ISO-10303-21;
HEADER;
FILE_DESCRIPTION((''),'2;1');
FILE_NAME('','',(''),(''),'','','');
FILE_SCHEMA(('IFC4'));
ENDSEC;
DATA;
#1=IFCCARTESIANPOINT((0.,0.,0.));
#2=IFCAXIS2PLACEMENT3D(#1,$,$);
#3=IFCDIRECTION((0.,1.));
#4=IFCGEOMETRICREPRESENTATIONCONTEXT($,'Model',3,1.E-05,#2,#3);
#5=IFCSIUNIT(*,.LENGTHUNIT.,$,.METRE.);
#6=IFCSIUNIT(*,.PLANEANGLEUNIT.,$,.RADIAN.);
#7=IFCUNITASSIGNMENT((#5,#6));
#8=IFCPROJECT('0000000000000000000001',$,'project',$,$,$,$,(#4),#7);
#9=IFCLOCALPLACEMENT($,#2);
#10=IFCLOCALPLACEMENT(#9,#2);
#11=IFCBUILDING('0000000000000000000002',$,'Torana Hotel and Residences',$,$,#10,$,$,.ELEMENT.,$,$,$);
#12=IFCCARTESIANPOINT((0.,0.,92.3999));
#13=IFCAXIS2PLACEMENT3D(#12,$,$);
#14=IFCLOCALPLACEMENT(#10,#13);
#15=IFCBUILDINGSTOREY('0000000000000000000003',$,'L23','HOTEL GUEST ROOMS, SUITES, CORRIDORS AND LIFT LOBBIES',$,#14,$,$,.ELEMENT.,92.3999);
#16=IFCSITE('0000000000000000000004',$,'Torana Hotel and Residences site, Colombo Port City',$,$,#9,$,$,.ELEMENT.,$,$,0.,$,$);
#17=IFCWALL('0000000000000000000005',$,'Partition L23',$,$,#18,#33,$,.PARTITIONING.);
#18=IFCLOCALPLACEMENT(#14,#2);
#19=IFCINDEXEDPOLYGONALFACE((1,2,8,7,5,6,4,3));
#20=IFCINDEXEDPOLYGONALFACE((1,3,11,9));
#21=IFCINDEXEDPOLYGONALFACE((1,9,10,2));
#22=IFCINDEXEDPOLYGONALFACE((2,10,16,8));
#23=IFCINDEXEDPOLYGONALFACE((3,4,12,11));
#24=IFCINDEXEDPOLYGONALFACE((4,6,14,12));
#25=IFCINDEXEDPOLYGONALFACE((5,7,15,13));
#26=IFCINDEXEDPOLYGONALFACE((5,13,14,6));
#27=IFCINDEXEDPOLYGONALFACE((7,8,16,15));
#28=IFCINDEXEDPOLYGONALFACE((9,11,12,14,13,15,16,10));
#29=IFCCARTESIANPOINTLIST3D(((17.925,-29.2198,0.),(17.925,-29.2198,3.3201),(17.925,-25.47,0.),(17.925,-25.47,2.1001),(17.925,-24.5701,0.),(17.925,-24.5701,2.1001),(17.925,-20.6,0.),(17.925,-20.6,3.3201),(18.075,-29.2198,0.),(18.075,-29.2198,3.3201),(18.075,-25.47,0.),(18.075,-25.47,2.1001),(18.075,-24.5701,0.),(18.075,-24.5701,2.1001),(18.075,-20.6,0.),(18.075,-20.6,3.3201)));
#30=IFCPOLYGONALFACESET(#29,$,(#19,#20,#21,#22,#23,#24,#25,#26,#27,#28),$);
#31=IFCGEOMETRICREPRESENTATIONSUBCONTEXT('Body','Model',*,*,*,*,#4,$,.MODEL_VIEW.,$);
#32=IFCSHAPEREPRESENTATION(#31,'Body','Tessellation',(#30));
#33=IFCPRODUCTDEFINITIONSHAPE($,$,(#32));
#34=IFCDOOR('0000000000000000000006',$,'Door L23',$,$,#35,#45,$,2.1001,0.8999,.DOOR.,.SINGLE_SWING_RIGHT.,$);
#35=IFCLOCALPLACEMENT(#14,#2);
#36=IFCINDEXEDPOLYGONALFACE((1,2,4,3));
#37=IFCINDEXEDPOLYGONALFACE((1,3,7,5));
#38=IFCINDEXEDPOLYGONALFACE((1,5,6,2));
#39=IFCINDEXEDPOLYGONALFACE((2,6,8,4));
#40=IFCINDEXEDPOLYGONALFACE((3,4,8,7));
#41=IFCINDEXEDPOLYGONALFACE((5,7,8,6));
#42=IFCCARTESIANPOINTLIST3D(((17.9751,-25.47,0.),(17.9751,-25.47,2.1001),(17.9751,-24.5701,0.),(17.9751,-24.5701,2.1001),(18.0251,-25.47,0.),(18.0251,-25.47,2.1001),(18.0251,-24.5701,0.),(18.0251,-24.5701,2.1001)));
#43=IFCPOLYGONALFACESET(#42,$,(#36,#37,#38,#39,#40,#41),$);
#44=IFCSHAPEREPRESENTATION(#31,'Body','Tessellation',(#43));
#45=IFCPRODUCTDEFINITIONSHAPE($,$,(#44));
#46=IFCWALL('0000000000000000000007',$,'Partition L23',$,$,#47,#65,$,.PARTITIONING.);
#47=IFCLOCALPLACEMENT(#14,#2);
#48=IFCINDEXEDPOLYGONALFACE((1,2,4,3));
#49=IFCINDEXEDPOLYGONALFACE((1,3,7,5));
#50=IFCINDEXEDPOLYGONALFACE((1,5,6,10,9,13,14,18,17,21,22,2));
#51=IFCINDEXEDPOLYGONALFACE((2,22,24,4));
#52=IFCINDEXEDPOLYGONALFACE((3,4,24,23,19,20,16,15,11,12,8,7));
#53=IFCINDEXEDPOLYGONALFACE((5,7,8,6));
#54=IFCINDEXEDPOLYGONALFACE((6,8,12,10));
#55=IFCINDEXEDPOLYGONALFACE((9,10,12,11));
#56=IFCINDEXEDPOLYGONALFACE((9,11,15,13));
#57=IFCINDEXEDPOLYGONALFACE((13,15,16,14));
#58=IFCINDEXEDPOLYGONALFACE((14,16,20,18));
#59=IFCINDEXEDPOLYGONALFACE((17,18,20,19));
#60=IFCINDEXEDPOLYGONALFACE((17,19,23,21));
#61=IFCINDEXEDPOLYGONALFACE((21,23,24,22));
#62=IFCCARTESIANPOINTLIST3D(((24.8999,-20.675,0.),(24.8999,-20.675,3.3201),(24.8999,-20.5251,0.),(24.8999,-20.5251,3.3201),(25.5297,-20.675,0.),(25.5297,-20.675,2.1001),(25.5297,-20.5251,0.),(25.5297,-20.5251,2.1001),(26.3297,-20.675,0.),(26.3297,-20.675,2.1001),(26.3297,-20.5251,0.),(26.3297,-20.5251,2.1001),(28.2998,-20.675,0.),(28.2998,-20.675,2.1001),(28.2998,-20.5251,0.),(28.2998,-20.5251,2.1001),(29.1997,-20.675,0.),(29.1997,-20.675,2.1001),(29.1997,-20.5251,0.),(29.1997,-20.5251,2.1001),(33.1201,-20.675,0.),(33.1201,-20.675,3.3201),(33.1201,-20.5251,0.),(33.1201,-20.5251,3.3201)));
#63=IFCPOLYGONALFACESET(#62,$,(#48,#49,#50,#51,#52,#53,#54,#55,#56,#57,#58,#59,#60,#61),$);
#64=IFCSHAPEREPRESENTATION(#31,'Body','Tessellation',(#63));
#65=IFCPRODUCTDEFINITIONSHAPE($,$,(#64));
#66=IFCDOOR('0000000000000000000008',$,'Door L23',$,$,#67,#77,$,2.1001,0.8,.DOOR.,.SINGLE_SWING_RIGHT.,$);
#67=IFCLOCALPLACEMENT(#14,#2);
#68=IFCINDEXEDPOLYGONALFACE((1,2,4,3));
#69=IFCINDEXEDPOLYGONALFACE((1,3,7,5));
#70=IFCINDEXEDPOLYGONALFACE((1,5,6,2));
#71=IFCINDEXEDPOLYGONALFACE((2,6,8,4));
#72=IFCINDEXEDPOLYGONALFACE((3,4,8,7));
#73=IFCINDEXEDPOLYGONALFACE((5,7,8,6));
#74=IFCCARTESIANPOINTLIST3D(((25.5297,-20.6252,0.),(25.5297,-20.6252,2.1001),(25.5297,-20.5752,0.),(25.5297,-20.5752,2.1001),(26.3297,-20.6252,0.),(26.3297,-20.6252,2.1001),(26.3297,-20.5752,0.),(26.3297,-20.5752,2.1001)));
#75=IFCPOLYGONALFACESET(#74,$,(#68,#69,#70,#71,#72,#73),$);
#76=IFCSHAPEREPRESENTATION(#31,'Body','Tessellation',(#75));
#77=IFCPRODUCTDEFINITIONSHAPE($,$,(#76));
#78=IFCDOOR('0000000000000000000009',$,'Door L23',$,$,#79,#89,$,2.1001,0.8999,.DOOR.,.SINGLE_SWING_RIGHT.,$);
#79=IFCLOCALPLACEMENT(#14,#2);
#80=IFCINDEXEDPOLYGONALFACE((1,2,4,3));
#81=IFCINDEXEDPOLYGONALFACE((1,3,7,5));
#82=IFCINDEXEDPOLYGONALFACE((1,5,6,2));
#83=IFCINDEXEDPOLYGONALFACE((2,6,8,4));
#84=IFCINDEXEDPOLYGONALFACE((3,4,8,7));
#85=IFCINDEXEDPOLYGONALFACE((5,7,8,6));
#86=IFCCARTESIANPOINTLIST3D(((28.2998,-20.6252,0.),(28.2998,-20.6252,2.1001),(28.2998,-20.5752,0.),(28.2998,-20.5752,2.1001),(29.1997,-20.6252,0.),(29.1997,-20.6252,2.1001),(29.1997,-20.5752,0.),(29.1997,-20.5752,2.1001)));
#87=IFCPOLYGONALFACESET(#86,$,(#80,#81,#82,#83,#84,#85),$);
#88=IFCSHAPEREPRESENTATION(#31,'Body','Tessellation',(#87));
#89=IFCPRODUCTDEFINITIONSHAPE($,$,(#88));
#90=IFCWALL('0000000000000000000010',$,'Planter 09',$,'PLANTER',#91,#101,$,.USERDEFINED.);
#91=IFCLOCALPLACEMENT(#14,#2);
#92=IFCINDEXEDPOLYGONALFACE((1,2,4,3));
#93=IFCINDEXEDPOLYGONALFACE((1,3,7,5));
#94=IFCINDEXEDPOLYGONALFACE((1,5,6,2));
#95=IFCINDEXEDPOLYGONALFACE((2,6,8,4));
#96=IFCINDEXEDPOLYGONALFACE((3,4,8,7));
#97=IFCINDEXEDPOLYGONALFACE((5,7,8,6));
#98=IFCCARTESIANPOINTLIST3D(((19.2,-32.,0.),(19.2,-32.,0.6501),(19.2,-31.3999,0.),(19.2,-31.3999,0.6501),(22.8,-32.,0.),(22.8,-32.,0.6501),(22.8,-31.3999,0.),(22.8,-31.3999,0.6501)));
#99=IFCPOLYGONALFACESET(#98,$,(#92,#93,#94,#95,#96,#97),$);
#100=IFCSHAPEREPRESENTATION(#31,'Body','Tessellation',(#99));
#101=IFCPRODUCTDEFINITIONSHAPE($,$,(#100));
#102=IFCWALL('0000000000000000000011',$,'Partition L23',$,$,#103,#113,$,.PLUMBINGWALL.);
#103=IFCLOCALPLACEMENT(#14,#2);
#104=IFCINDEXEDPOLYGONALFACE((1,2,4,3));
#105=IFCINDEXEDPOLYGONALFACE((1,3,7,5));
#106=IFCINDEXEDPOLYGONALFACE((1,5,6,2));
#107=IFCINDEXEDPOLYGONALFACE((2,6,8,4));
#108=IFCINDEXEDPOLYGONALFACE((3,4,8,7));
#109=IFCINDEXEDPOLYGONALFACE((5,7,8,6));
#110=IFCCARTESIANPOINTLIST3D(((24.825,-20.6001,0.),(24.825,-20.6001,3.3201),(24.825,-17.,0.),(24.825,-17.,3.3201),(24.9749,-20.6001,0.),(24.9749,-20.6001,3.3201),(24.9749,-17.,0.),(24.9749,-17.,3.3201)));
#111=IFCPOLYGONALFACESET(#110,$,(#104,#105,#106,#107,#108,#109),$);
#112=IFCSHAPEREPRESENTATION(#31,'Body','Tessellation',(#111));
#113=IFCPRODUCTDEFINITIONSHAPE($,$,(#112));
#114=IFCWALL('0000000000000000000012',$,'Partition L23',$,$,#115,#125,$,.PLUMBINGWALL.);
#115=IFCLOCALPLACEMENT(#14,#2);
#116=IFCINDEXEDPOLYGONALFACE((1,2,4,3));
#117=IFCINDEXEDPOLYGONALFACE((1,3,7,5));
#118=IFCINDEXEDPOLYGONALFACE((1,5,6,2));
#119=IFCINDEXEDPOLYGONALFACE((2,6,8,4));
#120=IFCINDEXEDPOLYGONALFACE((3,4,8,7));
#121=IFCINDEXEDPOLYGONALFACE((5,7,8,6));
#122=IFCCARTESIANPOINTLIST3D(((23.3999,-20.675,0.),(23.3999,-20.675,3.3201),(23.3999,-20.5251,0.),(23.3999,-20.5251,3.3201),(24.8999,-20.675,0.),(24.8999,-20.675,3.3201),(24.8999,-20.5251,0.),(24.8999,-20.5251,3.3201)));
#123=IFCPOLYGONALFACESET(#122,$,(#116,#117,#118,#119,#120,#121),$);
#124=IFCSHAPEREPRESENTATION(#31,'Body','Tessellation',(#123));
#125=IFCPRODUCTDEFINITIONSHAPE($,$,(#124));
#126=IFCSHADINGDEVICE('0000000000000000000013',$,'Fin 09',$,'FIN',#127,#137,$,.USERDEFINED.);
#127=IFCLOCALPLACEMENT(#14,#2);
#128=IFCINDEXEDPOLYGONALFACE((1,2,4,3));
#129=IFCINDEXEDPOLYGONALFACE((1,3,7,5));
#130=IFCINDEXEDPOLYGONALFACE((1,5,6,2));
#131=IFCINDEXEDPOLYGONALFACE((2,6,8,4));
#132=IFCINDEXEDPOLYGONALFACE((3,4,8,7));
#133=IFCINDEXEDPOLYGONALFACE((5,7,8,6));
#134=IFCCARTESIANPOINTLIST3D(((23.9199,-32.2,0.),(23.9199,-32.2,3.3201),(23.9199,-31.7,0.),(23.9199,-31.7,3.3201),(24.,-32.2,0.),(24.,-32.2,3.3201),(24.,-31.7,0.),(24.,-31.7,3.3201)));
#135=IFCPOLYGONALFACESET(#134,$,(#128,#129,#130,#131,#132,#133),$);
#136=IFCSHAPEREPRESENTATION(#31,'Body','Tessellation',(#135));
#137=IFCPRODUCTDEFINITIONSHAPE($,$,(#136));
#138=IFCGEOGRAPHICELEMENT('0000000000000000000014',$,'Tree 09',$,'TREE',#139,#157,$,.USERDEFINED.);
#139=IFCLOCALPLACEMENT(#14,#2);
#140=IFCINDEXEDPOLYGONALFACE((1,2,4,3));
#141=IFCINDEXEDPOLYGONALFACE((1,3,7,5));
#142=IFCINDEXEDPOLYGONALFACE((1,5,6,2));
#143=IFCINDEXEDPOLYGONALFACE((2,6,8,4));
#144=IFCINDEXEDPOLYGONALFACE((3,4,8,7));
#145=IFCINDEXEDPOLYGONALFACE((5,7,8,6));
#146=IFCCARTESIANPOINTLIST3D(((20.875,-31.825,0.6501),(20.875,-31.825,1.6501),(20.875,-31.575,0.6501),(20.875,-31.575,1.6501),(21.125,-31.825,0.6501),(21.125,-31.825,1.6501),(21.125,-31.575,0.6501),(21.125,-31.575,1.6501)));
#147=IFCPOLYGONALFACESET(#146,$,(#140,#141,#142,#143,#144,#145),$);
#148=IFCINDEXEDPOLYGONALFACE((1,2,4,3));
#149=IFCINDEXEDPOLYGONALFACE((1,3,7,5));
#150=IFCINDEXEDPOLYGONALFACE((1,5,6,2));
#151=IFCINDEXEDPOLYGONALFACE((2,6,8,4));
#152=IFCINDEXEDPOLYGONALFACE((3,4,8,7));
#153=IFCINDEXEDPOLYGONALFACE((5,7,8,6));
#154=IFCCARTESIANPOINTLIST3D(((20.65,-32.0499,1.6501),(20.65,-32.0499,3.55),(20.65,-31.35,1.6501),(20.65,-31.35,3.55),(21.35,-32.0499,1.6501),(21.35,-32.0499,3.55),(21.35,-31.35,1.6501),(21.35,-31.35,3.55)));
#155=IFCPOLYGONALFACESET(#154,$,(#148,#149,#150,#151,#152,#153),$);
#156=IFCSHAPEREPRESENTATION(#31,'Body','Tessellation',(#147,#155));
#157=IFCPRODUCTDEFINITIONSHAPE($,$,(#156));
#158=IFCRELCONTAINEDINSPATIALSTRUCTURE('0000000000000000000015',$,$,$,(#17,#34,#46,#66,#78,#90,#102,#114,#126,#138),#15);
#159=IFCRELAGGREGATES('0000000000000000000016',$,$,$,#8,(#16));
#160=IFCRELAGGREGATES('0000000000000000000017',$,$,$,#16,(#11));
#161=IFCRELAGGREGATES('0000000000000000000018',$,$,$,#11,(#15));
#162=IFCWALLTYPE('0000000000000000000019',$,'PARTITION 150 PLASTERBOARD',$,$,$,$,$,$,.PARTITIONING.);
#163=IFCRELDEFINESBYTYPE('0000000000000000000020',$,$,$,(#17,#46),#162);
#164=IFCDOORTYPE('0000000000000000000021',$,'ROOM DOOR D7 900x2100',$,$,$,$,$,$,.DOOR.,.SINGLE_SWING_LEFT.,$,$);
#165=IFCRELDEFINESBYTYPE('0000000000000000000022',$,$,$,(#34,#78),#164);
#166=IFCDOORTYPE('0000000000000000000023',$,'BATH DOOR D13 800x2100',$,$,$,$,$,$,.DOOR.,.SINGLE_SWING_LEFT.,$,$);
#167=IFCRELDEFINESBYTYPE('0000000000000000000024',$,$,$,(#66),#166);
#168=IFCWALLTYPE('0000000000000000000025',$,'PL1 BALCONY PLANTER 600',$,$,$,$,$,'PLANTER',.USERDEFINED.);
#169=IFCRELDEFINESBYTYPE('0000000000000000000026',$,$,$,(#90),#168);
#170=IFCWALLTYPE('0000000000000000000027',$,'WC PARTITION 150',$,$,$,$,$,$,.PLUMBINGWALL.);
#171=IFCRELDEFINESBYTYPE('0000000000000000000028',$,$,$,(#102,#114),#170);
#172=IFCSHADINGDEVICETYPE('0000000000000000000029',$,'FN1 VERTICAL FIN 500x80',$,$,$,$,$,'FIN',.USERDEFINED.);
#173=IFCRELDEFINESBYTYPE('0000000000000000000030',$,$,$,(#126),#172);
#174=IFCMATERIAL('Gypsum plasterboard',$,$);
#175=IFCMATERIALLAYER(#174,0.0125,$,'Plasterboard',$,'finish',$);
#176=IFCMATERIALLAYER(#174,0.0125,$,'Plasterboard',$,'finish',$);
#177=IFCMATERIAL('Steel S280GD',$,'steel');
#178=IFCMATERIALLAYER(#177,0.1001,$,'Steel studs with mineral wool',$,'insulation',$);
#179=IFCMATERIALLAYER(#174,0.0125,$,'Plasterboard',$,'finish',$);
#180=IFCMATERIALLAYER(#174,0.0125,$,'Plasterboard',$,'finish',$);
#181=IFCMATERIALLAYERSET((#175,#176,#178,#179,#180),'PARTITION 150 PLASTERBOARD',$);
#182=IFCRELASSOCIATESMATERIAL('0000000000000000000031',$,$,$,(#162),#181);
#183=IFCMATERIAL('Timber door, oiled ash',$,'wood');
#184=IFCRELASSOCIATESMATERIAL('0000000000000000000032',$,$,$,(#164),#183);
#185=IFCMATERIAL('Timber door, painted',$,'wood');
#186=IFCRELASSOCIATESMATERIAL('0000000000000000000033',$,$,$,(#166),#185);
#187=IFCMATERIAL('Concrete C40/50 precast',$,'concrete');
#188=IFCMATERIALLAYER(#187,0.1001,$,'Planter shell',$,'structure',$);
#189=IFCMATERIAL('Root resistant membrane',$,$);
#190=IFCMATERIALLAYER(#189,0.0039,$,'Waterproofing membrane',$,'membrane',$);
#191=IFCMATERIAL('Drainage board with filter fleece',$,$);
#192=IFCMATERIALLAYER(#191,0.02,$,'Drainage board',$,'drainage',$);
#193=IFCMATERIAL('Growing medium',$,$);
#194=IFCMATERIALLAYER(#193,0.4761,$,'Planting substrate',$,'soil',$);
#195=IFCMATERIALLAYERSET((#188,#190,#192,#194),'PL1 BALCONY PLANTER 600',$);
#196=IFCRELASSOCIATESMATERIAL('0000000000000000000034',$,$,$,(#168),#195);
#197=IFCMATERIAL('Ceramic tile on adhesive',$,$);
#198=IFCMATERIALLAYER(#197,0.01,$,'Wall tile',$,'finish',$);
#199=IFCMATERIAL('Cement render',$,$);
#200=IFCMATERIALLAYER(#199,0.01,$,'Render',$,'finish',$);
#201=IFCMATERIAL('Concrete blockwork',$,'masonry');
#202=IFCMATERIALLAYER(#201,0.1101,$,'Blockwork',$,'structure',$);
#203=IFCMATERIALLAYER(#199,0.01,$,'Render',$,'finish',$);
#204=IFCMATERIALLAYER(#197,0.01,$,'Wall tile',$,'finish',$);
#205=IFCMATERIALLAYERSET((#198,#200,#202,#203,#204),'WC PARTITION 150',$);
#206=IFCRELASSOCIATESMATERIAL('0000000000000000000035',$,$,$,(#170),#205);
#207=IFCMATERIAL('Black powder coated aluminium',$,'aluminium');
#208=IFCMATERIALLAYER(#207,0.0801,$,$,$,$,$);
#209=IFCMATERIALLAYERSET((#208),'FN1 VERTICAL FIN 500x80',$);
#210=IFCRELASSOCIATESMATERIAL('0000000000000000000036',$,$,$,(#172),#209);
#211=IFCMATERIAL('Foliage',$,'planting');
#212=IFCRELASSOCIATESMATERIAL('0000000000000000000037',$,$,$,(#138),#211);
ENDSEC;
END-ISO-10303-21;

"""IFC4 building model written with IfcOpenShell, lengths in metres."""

from ifc_helpers import new_model, si_unit, direction, frame, frame_2d, origin, origin_2d, place, context, subcontext, project, spatial, rectangle, extrude, material, layer, layer_set, type_object, element, fill, save


model = new_model("IFC4")

# Units and contexts
model_context = context("Model", 3, precision=1e-05, world=origin(), true_north=direction((0.0, 1.0)))
body_context = subcontext(model_context, "Body", "Model", "MODEL_VIEW")
ifc_project = project(units=[si_unit("LENGTHUNIT", "METRE"), si_unit("PLANEANGLEUNIT", "RADIAN")], contexts=[model_context])

# Site, building, storey
site_placement = place(None, origin())
site = spatial("IfcSite", under=ifc_project, at=site_placement, Name="Torana Hotel and Residences site, Colombo Port City", CompositionType="ELEMENT", RefElevation=0.0)
building_placement = place(site_placement, origin())
building = spatial("IfcBuilding", under=site, at=building_placement, Name="Torana Hotel and Residences", CompositionType="ELEMENT")
storey_placement = place(building_placement, frame((0.0, 0.0, 92.3999)))
storey = spatial("IfcBuildingStorey", under=building, at=storey_placement, Name="L23", Description="HOTEL GUEST ROOMS, SUITES, CORRIDORS AND LIFT LOBBIES", CompositionType="ELEMENT", Elevation=92.3999)

# Shared definitions
ifc_material_1 = material(Name="Concrete blockwork", Category="masonry")

# Shared definitions
ifc_material_2 = material(Name="Gypsum plasterboard")
ifc_layer_1 = layer(ifc_material_2, 0.0125, Name="Plasterboard", Category="finish")
ifc_layer_2 = layer(ifc_material_2, 0.0125, Name="Plasterboard", Category="finish")
ifc_material_3 = material(Name="Steel S280GD", Category="steel")
ifc_layer_3 = layer(ifc_material_3, 0.1001, Name="Steel studs with mineral wool", Category="insulation")
ifc_layer_4 = layer(ifc_material_2, 0.0125, Name="Plasterboard", Category="finish")
ifc_layer_5 = layer(ifc_material_2, 0.0125, Name="Plasterboard", Category="finish")
ifc_layer_set_1 = layer_set([ifc_layer_1, ifc_layer_2, ifc_layer_3, ifc_layer_4, ifc_layer_5], Name="PARTITION 150 PLASTERBOARD")
wall_type_1 = type_object("IfcWallType", Name="PARTITION 150 PLASTERBOARD", PredefinedType="PARTITIONING", material=ifc_layer_set_1)

# Wall, opening, door
wall_1_placement = place(storey_placement, frame((18.0, -29.22, 0.0), z_axis=(0.0, 0.0, 1.0), x_axis=(0.0, 1.0, 0.0)))
wall_1 = element("IfcWall", 1, at=wall_1_placement, inside=storey, type_object=wall_type_1, Name="Partition L23", PredefinedType="PARTITIONING", context=body_context, shape_type="SweptSolid", body=[
    extrude(rectangle(XDim=8.6199, YDim=0.1499, at=frame_2d((4.3101, 0.0))), origin(), (0.0, 0.0, 1.0), 3.3201),
])
opening_1_placement = place(wall_1_placement, frame((3.75, 0.0, 0.0)))
opening_1 = element("IfcOpeningElement", 2, at=opening_1_placement, cuts=wall_1, PredefinedType="OPENING", context=body_context, shape_type="SweptSolid", body=[
    extrude(rectangle(XDim=0.8999, YDim=2.1001, at=frame_2d((0.45, 1.05))), frame((0.0, 0.085, 0.0), z_axis=(0.0, -1.0, 0.0), x_axis=(1.0, 0.0, 0.0)), (0.0, 0.0, 1.0), 0.1699),
])
ifc_material_4 = material(Name="Timber door, oiled ash", Category="wood")
door_type_1 = type_object("IfcDoorType", Name="ROOM DOOR D7 900x2100", OperationType="SINGLE_SWING_LEFT", PredefinedType="DOOR", material=ifc_material_4)
door_1_placement = place(opening_1_placement, origin())
door_1 = element("IfcDoor", 3, at=door_1_placement, inside=storey, type_object=door_type_1, Name="Door L23", OperationType="SINGLE_SWING_RIGHT", OverallHeight=2.1001, OverallWidth=0.8999, PredefinedType="DOOR", context=body_context, shape_type="SweptSolid", body=[
    extrude(rectangle(XDim=0.8999, YDim=2.1001, at=frame_2d((0.45, 1.05))), frame((0.0, 0.0249, 0.0), z_axis=(0.0, -1.0, 0.0), x_axis=(1.0, 0.0, 0.0)), (0.0, 0.0, 1.0), 0.05),
])
fill(opening_1, door_1)

# Wall, openings, doors
wall_2_placement = place(storey_placement, frame((24.8999, -20.6001, 0.0), z_axis=(0.0, 0.0, 1.0), x_axis=(1.0, 0.0, 0.0)))
wall_2 = element("IfcWall", 4, at=wall_2_placement, inside=storey, type_object=wall_type_1, Name="Partition L23", PredefinedType="PARTITIONING", context=body_context, shape_type="SweptSolid", body=[
    extrude(rectangle(XDim=8.2202, YDim=0.1499, at=frame_2d((4.1101, 0.0))), origin(), (0.0, 0.0, 1.0), 3.3201),
])
opening_2_placement = place(wall_2_placement, frame((0.6299, 0.0, 0.0)))
opening_2 = element("IfcOpeningElement", 5, at=opening_2_placement, cuts=wall_2, PredefinedType="OPENING", context=body_context, shape_type="SweptSolid", body=[
    extrude(rectangle(XDim=0.8, YDim=2.1001, at=frame_2d((0.3999, 1.05))), frame((0.0, 0.085, 0.0), z_axis=(0.0, -1.0, 0.0), x_axis=(1.0, 0.0, 0.0)), (0.0, 0.0, 1.0), 0.1699),
])
opening_3_placement = place(wall_2_placement, frame((3.3999, 0.0, 0.0)))
opening_3 = element("IfcOpeningElement", 6, at=opening_3_placement, cuts=wall_2, PredefinedType="OPENING", context=body_context, shape_type="SweptSolid", body=[
    extrude(rectangle(XDim=0.8999, YDim=2.1001, at=frame_2d((0.45, 1.05))), frame((0.0, 0.085, 0.0), z_axis=(0.0, -1.0, 0.0), x_axis=(1.0, 0.0, 0.0)), (0.0, 0.0, 1.0), 0.1699),
])
ifc_material_5 = material(Name="Timber door, painted", Category="wood")
door_type_2 = type_object("IfcDoorType", Name="BATH DOOR D13 800x2100", OperationType="SINGLE_SWING_LEFT", PredefinedType="DOOR", material=ifc_material_5)
door_2_placement = place(opening_2_placement, origin())
door_2 = element("IfcDoor", 7, at=door_2_placement, inside=storey, type_object=door_type_2, Name="Door L23", OperationType="SINGLE_SWING_RIGHT", OverallHeight=2.1001, OverallWidth=0.8, PredefinedType="DOOR", context=body_context, shape_type="SweptSolid", body=[
    extrude(rectangle(XDim=0.8, YDim=2.1001, at=frame_2d((0.3999, 1.05))), frame((0.0, 0.0249, 0.0), z_axis=(0.0, -1.0, 0.0), x_axis=(1.0, 0.0, 0.0)), (0.0, 0.0, 1.0), 0.05),
])
fill(opening_2, door_2)
door_3_placement = place(opening_3_placement, origin())
door_3 = element("IfcDoor", 8, at=door_3_placement, inside=storey, type_object=door_type_1, Name="Door L23", OperationType="SINGLE_SWING_RIGHT", OverallHeight=2.1001, OverallWidth=0.8999, PredefinedType="DOOR", context=body_context, shape_type="SweptSolid", body=[
    extrude(rectangle(XDim=0.8999, YDim=2.1001, at=frame_2d((0.45, 1.05))), frame((0.0, 0.0249, 0.0), z_axis=(0.0, -1.0, 0.0), x_axis=(1.0, 0.0, 0.0)), (0.0, 0.0, 1.0), 0.05),
])
fill(opening_3, door_3)

# Walls
ifc_material_6 = material(Name="Concrete C40/50 precast", Category="concrete")
ifc_layer_6 = layer(ifc_material_6, 0.1001, Name="Planter shell", Category="structure")
ifc_material_7 = material(Name="Root resistant membrane")
ifc_layer_7 = layer(ifc_material_7, 0.0039, Name="Waterproofing membrane", Category="membrane")
ifc_material_8 = material(Name="Drainage board with filter fleece")
ifc_layer_8 = layer(ifc_material_8, 0.02, Name="Drainage board", Category="drainage")
ifc_material_9 = material(Name="Growing medium")
ifc_layer_9 = layer(ifc_material_9, 0.4761, Name="Planting substrate", Category="soil")
ifc_layer_set_2 = layer_set([ifc_layer_6, ifc_layer_7, ifc_layer_8, ifc_layer_9], Name="PL1 BALCONY PLANTER 600")
wall_type_2 = type_object("IfcWallType", Name="PL1 BALCONY PLANTER 600", ElementType="PLANTER", PredefinedType="USERDEFINED", material=ifc_layer_set_2)
wall_3_placement = place(storey_placement, frame((22.8, -31.7, 0.0), z_axis=(0.0, 0.0, 1.0), x_axis=(-1.0, 0.0, 0.0)))
element("IfcWall", 9, at=wall_3_placement, inside=storey, type_object=wall_type_2, Name="Planter 09", ObjectType="PLANTER", PredefinedType="USERDEFINED", context=body_context, shape_type="SweptSolid", body=[
    extrude(rectangle(XDim=3.6001, YDim=0.6001, at=frame_2d((1.8, 0.0))), origin(), (0.0, 0.0, 1.0), 0.6501),
])
ifc_material_10 = material(Name="Ceramic tile on adhesive")
ifc_layer_10 = layer(ifc_material_10, 0.01, Name="Wall tile", Category="finish")
ifc_material_11 = material(Name="Cement render")
ifc_layer_11 = layer(ifc_material_11, 0.01, Name="Render", Category="finish")
ifc_layer_12 = layer(ifc_material_1, 0.1101, Name="Blockwork", Category="structure")
ifc_layer_13 = layer(ifc_material_11, 0.01, Name="Render", Category="finish")
ifc_layer_14 = layer(ifc_material_10, 0.01, Name="Wall tile", Category="finish")
ifc_layer_set_3 = layer_set([ifc_layer_10, ifc_layer_11, ifc_layer_12, ifc_layer_13, ifc_layer_14], Name="WC PARTITION 150")
wall_type_3 = type_object("IfcWallType", Name="WC PARTITION 150", PredefinedType="PLUMBINGWALL", material=ifc_layer_set_3)
wall_4_placement = place(storey_placement, frame((24.8999, -20.6001, 0.0), z_axis=(0.0, 0.0, 1.0), x_axis=(0.0, 1.0, 0.0)))
element("IfcWall", 10, at=wall_4_placement, inside=storey, type_object=wall_type_3, Name="Partition L23", PredefinedType="PLUMBINGWALL", context=body_context, shape_type="SweptSolid", body=[
    extrude(rectangle(XDim=3.6001, YDim=0.1499, at=frame_2d((1.8, 0.0))), origin(), (0.0, 0.0, 1.0), 3.3201),
])
wall_5_placement = place(storey_placement, frame((23.3999, -20.6001, 0.0), z_axis=(0.0, 0.0, 1.0), x_axis=(1.0, 0.0, 0.0)))
element("IfcWall", 11, at=wall_5_placement, inside=storey, type_object=wall_type_3, Name="Partition L23", PredefinedType="PLUMBINGWALL", context=body_context, shape_type="SweptSolid", body=[
    extrude(rectangle(XDim=1.5, YDim=0.1499, at=frame_2d((0.75, 0.0))), origin(), (0.0, 0.0, 1.0), 3.3201),
])

# Shading device
ifc_material_12 = material(Name="Black powder coated aluminium", Category="aluminium")
ifc_layer_15 = layer(ifc_material_12, 0.0801)
ifc_layer_set_4 = layer_set([ifc_layer_15], Name="FN1 VERTICAL FIN 500x80")
shading_device_type = type_object("IfcShadingDeviceType", Name="FN1 VERTICAL FIN 500x80", ElementType="FIN", PredefinedType="USERDEFINED", material=ifc_layer_set_4)
shading_device_placement = place(storey_placement, frame((23.96, -31.95, 0.0), z_axis=(0.0, 0.0, 1.0), x_axis=(-1.0, 0.0, 0.0)))
element("IfcShadingDevice", 12, at=shading_device_placement, inside=storey, type_object=shading_device_type, Name="Fin 09", ObjectType="FIN", PredefinedType="USERDEFINED", context=body_context, shape_type="SweptSolid", body=[
    extrude(rectangle(XDim=0.0801, YDim=0.5, at=origin_2d()), origin(), (0.0, 0.0, 1.0), 3.3201),
])

# Geographic element
ifc_material_13 = material(Name="Foliage", Category="planting")
geographic_element_placement = place(storey_placement, frame((21.0, -31.7, 0.6501), z_axis=(0.0, 0.0, 1.0), x_axis=(1.0, 0.0, 0.0)))
element("IfcGeographicElement", 13, at=geographic_element_placement, inside=storey, material=ifc_material_13, Name="Tree 09", ObjectType="TREE", PredefinedType="USERDEFINED", context=body_context, shape_type="SweptSolid", body=[
    extrude(rectangle(XDim=0.25, YDim=0.25, at=origin_2d()), origin(), (0.0, 0.0, 1.0), 1.0),
    extrude(rectangle(XDim=0.7, YDim=0.7, at=origin_2d()), frame((0.0, 0.0, 1.0)), (0.0, 0.0, 1.0), 1.8999),
])

save(model, "model.ifc")
